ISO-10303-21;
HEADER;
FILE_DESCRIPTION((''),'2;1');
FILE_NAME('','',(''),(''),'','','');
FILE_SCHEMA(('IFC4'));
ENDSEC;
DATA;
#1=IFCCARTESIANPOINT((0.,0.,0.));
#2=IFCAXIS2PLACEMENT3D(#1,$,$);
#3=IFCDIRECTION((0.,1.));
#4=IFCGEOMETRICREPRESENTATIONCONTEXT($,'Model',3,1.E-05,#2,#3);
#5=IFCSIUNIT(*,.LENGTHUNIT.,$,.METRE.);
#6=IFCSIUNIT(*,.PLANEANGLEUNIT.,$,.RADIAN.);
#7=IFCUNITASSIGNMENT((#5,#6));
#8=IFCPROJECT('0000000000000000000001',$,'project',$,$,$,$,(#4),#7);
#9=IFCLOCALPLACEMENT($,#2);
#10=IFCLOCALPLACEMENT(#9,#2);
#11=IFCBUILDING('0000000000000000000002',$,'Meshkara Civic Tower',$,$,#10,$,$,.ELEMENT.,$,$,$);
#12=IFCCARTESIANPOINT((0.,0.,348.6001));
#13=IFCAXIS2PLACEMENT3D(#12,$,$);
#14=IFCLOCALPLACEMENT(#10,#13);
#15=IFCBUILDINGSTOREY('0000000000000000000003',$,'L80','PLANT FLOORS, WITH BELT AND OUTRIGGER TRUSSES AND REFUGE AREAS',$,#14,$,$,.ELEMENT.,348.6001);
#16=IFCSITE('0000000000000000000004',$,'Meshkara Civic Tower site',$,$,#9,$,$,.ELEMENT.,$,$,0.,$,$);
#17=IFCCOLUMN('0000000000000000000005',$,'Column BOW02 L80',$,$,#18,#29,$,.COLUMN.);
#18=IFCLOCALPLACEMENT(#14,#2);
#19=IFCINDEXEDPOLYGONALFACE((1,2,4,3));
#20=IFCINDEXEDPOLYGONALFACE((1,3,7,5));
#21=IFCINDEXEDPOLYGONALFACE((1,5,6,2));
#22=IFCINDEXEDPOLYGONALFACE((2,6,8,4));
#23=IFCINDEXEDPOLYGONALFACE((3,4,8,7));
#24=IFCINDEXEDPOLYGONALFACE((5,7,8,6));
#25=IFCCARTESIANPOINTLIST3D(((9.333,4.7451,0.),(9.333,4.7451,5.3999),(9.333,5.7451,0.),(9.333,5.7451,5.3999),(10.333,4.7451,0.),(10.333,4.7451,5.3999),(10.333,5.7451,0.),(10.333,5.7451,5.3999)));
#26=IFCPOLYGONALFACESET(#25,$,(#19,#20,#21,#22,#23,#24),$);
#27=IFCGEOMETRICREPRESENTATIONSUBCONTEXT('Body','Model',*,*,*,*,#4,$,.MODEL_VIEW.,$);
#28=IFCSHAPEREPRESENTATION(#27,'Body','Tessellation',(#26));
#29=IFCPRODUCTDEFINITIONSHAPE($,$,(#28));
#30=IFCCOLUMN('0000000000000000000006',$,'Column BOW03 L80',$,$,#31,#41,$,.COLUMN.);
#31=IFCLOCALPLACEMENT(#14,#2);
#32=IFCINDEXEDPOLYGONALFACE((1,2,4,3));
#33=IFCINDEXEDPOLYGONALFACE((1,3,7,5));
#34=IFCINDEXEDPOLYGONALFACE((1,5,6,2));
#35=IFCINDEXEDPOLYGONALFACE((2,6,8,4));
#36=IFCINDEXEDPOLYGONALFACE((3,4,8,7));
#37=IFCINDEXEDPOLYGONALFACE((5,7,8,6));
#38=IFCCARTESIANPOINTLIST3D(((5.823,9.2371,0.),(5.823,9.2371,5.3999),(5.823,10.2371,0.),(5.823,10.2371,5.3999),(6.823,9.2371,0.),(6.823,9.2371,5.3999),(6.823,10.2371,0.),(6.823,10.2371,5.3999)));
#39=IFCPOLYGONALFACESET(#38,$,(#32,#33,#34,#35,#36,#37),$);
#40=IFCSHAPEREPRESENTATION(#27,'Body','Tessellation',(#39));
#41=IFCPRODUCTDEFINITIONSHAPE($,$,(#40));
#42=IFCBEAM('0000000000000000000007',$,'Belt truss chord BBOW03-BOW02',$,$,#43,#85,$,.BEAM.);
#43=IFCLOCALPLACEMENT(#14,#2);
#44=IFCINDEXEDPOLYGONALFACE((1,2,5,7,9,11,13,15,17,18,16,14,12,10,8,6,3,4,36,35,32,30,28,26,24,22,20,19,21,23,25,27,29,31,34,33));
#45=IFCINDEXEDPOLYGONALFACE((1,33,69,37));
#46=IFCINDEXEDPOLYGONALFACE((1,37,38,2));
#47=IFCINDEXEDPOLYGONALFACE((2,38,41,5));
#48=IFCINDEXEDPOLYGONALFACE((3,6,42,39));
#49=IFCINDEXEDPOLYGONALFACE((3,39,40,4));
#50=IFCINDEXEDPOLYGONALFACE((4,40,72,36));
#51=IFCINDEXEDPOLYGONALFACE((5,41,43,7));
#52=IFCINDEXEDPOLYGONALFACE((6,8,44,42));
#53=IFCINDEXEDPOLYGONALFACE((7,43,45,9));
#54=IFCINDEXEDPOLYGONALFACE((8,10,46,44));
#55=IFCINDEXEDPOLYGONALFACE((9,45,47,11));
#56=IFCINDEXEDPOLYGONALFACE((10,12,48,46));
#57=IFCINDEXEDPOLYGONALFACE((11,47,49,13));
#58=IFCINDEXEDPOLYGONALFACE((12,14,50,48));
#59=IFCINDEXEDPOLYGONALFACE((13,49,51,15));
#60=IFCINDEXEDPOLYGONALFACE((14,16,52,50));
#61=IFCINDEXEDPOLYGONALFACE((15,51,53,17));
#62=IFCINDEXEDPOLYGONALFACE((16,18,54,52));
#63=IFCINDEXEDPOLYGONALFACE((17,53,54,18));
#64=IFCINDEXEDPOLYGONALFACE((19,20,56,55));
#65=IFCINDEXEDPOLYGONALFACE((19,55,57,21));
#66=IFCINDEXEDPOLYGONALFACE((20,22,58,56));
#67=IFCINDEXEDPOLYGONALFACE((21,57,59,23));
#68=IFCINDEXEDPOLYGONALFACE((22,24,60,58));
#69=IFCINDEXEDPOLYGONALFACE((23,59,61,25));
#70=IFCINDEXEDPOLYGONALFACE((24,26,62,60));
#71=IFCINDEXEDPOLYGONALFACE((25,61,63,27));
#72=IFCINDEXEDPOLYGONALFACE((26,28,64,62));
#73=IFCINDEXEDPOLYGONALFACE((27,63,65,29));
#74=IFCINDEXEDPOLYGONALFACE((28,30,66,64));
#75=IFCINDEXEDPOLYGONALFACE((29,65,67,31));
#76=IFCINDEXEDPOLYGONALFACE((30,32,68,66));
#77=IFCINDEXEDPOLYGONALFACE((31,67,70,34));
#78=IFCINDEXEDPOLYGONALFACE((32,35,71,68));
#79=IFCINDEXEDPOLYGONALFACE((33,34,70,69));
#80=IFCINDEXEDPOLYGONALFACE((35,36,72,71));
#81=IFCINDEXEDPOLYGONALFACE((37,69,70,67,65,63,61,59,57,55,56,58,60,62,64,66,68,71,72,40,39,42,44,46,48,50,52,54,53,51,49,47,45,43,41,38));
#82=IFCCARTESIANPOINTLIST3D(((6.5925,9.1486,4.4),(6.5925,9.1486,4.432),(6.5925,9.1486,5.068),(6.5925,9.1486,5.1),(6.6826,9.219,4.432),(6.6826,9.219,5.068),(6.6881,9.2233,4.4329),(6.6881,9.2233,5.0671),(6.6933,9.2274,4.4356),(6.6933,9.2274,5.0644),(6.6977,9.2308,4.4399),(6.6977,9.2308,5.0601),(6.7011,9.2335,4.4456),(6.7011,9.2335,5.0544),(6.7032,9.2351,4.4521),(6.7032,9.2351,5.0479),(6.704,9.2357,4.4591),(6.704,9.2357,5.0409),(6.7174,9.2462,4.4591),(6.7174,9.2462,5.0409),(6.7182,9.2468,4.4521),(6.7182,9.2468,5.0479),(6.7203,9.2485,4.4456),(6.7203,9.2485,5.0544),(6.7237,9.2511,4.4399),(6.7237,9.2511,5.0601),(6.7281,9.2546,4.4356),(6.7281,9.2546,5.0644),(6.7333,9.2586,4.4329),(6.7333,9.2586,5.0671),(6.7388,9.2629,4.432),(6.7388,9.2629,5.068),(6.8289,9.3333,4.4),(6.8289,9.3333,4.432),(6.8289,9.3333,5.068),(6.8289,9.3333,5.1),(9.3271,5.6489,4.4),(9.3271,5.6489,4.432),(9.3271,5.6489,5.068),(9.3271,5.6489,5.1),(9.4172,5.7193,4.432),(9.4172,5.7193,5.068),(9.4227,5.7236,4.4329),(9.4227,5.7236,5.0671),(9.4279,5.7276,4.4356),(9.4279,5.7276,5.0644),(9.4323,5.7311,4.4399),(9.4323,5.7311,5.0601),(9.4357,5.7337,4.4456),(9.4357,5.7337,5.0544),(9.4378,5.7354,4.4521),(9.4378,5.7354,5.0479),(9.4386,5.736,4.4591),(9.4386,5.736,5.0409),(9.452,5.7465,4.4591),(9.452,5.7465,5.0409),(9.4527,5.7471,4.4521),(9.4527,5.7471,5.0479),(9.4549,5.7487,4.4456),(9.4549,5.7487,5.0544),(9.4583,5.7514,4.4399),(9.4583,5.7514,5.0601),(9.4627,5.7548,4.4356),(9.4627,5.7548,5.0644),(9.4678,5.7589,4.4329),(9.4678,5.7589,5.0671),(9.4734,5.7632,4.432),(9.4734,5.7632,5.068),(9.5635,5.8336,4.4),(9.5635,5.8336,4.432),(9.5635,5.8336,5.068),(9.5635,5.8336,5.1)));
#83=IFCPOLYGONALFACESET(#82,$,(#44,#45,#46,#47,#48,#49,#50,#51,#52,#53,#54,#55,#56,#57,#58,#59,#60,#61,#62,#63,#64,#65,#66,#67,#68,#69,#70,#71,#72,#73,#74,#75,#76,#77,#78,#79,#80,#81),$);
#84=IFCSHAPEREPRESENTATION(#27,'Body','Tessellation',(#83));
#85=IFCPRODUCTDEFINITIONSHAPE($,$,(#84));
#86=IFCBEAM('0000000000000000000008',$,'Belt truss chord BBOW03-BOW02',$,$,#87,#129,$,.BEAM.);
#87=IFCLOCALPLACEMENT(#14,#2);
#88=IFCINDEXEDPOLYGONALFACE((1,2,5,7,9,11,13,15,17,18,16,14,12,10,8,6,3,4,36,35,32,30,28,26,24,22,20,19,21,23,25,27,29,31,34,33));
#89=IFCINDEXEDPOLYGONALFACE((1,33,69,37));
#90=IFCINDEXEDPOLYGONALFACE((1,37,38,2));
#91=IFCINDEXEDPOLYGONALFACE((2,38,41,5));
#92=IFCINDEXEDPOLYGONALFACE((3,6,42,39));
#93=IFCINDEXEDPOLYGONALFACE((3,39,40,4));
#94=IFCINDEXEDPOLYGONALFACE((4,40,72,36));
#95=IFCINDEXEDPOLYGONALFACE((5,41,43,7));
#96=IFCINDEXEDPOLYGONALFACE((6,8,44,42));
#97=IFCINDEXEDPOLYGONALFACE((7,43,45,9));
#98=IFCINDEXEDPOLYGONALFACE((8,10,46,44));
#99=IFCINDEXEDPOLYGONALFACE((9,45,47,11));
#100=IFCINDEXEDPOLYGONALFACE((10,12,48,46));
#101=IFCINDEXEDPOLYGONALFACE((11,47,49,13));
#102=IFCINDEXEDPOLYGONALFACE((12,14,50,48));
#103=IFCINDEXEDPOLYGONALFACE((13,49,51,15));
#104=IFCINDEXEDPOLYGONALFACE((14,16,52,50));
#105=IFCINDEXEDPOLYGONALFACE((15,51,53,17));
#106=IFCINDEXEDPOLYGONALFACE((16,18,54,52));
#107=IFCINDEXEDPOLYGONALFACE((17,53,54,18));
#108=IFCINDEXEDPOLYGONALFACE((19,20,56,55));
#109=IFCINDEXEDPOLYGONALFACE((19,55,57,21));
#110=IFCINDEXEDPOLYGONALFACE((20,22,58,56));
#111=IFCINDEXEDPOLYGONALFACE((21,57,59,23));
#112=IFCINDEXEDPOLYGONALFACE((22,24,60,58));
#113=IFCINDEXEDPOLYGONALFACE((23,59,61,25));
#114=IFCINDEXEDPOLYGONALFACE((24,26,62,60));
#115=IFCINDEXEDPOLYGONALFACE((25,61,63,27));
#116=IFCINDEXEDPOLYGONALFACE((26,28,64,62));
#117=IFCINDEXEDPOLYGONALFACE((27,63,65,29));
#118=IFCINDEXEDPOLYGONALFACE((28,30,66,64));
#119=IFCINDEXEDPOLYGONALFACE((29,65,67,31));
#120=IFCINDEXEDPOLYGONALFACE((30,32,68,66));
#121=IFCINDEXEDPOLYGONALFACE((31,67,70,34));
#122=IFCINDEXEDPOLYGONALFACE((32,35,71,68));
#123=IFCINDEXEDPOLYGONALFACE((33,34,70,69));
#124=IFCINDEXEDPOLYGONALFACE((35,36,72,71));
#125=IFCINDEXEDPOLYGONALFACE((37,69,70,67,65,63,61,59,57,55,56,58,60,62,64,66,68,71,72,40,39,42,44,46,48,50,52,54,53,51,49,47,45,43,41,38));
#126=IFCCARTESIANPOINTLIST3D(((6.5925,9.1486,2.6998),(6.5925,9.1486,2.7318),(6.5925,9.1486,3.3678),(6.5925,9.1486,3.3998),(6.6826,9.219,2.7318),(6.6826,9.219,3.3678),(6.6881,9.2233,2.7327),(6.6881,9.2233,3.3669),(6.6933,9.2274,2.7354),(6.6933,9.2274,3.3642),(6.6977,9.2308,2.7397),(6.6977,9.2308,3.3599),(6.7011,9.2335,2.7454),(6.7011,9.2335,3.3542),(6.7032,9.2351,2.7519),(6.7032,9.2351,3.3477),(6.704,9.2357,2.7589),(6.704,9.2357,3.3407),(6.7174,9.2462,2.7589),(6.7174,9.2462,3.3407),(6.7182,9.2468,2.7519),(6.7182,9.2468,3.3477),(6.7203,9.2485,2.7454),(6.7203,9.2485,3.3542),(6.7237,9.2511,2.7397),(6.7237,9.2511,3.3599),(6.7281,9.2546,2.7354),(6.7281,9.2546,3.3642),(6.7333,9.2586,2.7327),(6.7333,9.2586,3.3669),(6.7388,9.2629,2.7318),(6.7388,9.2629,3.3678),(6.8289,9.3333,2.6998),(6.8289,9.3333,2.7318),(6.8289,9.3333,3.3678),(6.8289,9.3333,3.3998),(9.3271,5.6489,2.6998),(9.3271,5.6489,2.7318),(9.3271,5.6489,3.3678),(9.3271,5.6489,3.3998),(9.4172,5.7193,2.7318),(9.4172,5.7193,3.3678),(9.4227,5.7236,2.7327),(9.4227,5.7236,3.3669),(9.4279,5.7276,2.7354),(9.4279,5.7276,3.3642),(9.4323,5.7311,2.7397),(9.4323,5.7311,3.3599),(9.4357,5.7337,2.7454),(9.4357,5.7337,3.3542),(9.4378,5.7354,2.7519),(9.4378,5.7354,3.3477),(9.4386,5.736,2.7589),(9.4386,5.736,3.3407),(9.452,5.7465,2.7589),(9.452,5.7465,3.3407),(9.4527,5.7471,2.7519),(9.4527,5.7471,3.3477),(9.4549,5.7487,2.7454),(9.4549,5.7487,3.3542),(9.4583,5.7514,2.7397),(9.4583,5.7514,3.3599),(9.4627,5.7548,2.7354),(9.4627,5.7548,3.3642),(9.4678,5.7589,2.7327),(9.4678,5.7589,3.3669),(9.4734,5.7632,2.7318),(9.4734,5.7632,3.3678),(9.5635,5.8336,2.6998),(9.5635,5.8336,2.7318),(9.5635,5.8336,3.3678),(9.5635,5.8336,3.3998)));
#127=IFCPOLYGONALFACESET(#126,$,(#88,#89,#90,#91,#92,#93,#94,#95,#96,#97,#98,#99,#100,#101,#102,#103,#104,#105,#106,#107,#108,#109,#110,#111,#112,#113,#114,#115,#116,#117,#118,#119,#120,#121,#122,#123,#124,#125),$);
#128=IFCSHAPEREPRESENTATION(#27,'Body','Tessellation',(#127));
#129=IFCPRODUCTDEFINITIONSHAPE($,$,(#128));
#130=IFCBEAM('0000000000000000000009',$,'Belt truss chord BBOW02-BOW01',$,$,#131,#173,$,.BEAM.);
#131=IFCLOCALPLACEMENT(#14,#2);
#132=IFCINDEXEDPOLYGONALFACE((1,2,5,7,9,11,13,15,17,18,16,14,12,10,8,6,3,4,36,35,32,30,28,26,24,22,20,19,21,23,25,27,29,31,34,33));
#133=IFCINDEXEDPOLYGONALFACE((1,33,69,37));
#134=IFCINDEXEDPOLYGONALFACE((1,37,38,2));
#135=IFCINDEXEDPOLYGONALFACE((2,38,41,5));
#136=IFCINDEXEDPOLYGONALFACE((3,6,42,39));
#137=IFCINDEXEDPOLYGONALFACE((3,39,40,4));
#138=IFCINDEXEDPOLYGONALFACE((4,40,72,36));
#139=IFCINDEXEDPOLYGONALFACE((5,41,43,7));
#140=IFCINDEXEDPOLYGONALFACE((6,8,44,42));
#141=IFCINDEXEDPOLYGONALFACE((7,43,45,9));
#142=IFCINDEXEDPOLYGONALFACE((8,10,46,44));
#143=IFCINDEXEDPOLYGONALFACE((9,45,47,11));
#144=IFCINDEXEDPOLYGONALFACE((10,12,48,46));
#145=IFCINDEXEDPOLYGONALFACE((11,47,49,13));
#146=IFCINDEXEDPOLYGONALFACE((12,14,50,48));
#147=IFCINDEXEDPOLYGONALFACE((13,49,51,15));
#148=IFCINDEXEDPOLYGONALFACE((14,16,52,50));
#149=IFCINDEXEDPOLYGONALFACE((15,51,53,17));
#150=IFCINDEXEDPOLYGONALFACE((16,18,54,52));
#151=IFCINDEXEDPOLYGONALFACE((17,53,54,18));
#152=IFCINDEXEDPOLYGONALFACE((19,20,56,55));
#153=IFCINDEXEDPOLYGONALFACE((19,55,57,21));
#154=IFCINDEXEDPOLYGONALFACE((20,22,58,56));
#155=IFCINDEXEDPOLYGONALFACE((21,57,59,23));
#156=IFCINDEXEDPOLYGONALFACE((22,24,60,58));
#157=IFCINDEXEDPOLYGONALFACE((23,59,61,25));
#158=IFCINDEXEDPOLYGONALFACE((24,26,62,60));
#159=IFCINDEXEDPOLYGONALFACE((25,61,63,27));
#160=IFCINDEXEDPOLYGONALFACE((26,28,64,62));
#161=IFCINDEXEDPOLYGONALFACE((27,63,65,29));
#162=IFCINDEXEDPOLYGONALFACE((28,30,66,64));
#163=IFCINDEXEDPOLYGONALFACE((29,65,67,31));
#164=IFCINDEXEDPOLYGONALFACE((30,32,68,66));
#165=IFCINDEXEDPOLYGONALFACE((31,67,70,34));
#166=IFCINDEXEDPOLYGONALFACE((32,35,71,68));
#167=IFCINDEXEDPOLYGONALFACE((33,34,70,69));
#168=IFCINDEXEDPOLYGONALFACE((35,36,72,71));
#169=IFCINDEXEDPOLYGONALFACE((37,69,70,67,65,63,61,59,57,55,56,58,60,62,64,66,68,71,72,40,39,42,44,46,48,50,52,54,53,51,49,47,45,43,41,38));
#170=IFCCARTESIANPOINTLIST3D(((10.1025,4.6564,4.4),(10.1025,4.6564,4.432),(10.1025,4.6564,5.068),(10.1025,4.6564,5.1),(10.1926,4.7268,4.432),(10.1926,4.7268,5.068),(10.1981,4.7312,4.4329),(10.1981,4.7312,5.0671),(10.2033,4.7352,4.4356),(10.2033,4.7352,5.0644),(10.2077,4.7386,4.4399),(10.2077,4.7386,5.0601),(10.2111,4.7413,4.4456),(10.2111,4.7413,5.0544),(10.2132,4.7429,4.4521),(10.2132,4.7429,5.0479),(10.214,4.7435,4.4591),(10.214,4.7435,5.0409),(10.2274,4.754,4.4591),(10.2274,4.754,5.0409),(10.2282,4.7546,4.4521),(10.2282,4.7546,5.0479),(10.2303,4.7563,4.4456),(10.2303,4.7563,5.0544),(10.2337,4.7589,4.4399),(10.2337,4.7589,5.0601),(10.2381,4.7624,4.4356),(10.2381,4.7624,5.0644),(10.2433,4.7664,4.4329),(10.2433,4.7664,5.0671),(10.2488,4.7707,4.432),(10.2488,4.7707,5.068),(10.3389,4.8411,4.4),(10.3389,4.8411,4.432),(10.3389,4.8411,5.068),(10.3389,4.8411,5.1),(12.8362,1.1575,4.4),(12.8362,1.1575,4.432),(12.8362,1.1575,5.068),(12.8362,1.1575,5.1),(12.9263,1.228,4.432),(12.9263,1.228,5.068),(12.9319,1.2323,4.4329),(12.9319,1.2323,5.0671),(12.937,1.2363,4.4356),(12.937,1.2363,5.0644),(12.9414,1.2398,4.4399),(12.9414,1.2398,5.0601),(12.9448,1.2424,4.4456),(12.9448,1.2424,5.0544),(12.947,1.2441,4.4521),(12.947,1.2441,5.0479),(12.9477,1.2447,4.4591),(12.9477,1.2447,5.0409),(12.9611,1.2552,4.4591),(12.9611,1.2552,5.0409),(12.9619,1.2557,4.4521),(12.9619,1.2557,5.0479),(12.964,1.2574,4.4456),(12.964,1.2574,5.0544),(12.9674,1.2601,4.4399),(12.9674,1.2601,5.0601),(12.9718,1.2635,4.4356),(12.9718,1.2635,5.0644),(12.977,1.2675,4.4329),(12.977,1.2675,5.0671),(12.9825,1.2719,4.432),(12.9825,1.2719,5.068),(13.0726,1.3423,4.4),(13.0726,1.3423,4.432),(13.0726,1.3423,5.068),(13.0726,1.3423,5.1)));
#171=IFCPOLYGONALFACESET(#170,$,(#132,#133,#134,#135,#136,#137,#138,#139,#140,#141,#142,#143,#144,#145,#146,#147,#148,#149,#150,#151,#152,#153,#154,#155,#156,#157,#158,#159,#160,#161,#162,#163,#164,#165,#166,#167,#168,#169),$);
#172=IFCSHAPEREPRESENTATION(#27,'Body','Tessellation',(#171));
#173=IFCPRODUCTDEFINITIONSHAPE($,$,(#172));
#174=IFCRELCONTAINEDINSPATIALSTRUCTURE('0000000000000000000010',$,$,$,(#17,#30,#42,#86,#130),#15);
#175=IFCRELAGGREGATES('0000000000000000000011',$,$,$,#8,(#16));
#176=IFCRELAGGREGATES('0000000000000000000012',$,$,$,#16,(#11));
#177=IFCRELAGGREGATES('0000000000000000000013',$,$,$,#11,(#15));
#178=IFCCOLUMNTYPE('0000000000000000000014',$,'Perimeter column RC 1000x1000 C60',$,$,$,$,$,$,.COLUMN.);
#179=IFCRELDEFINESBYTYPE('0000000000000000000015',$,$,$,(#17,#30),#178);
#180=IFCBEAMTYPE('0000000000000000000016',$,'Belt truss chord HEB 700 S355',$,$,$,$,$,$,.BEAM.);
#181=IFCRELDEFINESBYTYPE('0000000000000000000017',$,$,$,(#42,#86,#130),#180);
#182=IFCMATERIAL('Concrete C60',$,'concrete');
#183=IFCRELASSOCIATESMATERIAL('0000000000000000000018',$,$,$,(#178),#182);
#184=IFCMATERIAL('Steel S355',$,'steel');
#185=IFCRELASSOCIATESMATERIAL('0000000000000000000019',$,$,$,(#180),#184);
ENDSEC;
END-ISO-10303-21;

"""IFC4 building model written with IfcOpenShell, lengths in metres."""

from ifc_helpers import new_model, si_unit, direction, frame, origin, origin_2d, place, context, subcontext, project, spatial, rectangle, i_section, extrude, material, material_profile, profile_set, type_object, element, save


model = new_model("IFC4")

# Units and contexts
model_context = context("Model", 3, precision=1e-05, world=origin(), true_north=direction((0.0, 1.0)))
body_context = subcontext(model_context, "Body", "Model", "MODEL_VIEW")
ifc_project = project(units=[si_unit("LENGTHUNIT", "METRE"), si_unit("PLANEANGLEUNIT", "RADIAN")], contexts=[model_context])

# Site, building, storey
site_placement = place(None, origin())
site = spatial("IfcSite", under=ifc_project, at=site_placement, Name="Meshkara Civic Tower site", CompositionType="ELEMENT", RefElevation=0.0)
building_placement = place(site_placement, origin())
building = spatial("IfcBuilding", under=site, at=building_placement, Name="Meshkara Civic Tower", CompositionType="ELEMENT")
storey_placement = place(building_placement, frame((0.0, 0.0, 348.6001)))
storey = spatial("IfcBuildingStorey", under=building, at=storey_placement, Name="L80", Description="PLANT FLOORS, WITH BELT AND OUTRIGGER TRUSSES AND REFUGE AREAS", CompositionType="ELEMENT", Elevation=348.6001)

# Columns
ifc_material_1 = material(Name="Concrete C60", Category="concrete")
ifc_material_profile_1 = material_profile(ifc_material_1, rectangle(XDim=1.0, YDim=1.0, at=origin_2d()))
ifc_profile_set_1 = profile_set([ifc_material_profile_1], Name="Concrete C60")
column_type = type_object("IfcColumnType", Name="Perimeter column RC 1000x1000 C60", PredefinedType="COLUMN", material=ifc_profile_set_1)
for number, where, z_axis, x_axis, name in (
    (1, (9.833, 5.2451, 0.0), (0.0, 0.0, 1.0), (1.0, 0.0, 0.0), "Column BOW02 L80"),
    (2, (6.323, 9.7371, 0.0), (0.0, 0.0, 1.0), (1.0, 0.0, 0.0), "Column BOW03 L80"),
):
    element("IfcColumn", number, at=place(storey_placement, frame(where, z_axis=z_axis, x_axis=x_axis)), inside=storey, type_object=column_type, Name=name, PredefinedType="COLUMN", context=body_context, shape_type="SweptSolid", body=[
        extrude(rectangle(XDim=1.0, YDim=1.0, at=origin_2d()), origin(), (0.0, 0.0, 1.0), 5.3999),
    ])

# Beams
ifc_material_2 = material(Name="Steel S355", Category="steel")
ifc_material_profile_2 = material_profile(ifc_material_2, i_section(OverallWidth=0.3, OverallDepth=0.7, WebThickness=0.0171, FlangeThickness=0.032, FilletRadius=0.0271, at=origin_2d()))
ifc_profile_set_2 = profile_set([ifc_material_profile_2], Name="Steel S355")
beam_type = type_object("IfcBeamType", Name="Belt truss chord HEB 700 S355", PredefinedType="BEAM", material=ifc_profile_set_2)
for number, where, z_axis, x_axis, name in (
    (3, (6.7107, 9.241, 4.75), (0.615705, -0.787977, 0.0), (0.787977, 0.615705, 0.0), "Belt truss chord BBOW03-BOW02"),
    (4, (6.7107, 9.241, 3.0498), (0.615705, -0.787977, 0.0), (0.787977, 0.615705, 0.0), "Belt truss chord BBOW03-BOW02"),
):
    element("IfcBeam", number, at=place(storey_placement, frame(where, z_axis=z_axis, x_axis=x_axis)), inside=storey, type_object=beam_type, Name=name, PredefinedType="BEAM", context=body_context, shape_type="SweptSolid", body=[
        extrude(i_section(OverallWidth=0.3, OverallDepth=0.7, WebThickness=0.0171, FlangeThickness=0.032, FilletRadius=0.0271, at=origin_2d()), origin(), (0.0, 0.0, 1.0), 4.4414),
    ])
for number, where, z_axis, x_axis, name in (
    (5, (10.2207, 4.7488, 4.75), (0.615675, -0.788, 0.0), (0.788, 0.615675, 0.0), "Belt truss chord BBOW02-BOW01"),
):
    element("IfcBeam", number, at=place(storey_placement, frame(where, z_axis=z_axis, x_axis=x_axis)), inside=storey, type_object=beam_type, Name=name, PredefinedType="BEAM", context=body_context, shape_type="SweptSolid", body=[
        extrude(i_section(OverallWidth=0.3, OverallDepth=0.7, WebThickness=0.0171, FlangeThickness=0.032, FilletRadius=0.0271, at=origin_2d()), origin(), (0.0, 0.0, 1.0), 4.4402),
    ])

save(model, "model.ifc")
